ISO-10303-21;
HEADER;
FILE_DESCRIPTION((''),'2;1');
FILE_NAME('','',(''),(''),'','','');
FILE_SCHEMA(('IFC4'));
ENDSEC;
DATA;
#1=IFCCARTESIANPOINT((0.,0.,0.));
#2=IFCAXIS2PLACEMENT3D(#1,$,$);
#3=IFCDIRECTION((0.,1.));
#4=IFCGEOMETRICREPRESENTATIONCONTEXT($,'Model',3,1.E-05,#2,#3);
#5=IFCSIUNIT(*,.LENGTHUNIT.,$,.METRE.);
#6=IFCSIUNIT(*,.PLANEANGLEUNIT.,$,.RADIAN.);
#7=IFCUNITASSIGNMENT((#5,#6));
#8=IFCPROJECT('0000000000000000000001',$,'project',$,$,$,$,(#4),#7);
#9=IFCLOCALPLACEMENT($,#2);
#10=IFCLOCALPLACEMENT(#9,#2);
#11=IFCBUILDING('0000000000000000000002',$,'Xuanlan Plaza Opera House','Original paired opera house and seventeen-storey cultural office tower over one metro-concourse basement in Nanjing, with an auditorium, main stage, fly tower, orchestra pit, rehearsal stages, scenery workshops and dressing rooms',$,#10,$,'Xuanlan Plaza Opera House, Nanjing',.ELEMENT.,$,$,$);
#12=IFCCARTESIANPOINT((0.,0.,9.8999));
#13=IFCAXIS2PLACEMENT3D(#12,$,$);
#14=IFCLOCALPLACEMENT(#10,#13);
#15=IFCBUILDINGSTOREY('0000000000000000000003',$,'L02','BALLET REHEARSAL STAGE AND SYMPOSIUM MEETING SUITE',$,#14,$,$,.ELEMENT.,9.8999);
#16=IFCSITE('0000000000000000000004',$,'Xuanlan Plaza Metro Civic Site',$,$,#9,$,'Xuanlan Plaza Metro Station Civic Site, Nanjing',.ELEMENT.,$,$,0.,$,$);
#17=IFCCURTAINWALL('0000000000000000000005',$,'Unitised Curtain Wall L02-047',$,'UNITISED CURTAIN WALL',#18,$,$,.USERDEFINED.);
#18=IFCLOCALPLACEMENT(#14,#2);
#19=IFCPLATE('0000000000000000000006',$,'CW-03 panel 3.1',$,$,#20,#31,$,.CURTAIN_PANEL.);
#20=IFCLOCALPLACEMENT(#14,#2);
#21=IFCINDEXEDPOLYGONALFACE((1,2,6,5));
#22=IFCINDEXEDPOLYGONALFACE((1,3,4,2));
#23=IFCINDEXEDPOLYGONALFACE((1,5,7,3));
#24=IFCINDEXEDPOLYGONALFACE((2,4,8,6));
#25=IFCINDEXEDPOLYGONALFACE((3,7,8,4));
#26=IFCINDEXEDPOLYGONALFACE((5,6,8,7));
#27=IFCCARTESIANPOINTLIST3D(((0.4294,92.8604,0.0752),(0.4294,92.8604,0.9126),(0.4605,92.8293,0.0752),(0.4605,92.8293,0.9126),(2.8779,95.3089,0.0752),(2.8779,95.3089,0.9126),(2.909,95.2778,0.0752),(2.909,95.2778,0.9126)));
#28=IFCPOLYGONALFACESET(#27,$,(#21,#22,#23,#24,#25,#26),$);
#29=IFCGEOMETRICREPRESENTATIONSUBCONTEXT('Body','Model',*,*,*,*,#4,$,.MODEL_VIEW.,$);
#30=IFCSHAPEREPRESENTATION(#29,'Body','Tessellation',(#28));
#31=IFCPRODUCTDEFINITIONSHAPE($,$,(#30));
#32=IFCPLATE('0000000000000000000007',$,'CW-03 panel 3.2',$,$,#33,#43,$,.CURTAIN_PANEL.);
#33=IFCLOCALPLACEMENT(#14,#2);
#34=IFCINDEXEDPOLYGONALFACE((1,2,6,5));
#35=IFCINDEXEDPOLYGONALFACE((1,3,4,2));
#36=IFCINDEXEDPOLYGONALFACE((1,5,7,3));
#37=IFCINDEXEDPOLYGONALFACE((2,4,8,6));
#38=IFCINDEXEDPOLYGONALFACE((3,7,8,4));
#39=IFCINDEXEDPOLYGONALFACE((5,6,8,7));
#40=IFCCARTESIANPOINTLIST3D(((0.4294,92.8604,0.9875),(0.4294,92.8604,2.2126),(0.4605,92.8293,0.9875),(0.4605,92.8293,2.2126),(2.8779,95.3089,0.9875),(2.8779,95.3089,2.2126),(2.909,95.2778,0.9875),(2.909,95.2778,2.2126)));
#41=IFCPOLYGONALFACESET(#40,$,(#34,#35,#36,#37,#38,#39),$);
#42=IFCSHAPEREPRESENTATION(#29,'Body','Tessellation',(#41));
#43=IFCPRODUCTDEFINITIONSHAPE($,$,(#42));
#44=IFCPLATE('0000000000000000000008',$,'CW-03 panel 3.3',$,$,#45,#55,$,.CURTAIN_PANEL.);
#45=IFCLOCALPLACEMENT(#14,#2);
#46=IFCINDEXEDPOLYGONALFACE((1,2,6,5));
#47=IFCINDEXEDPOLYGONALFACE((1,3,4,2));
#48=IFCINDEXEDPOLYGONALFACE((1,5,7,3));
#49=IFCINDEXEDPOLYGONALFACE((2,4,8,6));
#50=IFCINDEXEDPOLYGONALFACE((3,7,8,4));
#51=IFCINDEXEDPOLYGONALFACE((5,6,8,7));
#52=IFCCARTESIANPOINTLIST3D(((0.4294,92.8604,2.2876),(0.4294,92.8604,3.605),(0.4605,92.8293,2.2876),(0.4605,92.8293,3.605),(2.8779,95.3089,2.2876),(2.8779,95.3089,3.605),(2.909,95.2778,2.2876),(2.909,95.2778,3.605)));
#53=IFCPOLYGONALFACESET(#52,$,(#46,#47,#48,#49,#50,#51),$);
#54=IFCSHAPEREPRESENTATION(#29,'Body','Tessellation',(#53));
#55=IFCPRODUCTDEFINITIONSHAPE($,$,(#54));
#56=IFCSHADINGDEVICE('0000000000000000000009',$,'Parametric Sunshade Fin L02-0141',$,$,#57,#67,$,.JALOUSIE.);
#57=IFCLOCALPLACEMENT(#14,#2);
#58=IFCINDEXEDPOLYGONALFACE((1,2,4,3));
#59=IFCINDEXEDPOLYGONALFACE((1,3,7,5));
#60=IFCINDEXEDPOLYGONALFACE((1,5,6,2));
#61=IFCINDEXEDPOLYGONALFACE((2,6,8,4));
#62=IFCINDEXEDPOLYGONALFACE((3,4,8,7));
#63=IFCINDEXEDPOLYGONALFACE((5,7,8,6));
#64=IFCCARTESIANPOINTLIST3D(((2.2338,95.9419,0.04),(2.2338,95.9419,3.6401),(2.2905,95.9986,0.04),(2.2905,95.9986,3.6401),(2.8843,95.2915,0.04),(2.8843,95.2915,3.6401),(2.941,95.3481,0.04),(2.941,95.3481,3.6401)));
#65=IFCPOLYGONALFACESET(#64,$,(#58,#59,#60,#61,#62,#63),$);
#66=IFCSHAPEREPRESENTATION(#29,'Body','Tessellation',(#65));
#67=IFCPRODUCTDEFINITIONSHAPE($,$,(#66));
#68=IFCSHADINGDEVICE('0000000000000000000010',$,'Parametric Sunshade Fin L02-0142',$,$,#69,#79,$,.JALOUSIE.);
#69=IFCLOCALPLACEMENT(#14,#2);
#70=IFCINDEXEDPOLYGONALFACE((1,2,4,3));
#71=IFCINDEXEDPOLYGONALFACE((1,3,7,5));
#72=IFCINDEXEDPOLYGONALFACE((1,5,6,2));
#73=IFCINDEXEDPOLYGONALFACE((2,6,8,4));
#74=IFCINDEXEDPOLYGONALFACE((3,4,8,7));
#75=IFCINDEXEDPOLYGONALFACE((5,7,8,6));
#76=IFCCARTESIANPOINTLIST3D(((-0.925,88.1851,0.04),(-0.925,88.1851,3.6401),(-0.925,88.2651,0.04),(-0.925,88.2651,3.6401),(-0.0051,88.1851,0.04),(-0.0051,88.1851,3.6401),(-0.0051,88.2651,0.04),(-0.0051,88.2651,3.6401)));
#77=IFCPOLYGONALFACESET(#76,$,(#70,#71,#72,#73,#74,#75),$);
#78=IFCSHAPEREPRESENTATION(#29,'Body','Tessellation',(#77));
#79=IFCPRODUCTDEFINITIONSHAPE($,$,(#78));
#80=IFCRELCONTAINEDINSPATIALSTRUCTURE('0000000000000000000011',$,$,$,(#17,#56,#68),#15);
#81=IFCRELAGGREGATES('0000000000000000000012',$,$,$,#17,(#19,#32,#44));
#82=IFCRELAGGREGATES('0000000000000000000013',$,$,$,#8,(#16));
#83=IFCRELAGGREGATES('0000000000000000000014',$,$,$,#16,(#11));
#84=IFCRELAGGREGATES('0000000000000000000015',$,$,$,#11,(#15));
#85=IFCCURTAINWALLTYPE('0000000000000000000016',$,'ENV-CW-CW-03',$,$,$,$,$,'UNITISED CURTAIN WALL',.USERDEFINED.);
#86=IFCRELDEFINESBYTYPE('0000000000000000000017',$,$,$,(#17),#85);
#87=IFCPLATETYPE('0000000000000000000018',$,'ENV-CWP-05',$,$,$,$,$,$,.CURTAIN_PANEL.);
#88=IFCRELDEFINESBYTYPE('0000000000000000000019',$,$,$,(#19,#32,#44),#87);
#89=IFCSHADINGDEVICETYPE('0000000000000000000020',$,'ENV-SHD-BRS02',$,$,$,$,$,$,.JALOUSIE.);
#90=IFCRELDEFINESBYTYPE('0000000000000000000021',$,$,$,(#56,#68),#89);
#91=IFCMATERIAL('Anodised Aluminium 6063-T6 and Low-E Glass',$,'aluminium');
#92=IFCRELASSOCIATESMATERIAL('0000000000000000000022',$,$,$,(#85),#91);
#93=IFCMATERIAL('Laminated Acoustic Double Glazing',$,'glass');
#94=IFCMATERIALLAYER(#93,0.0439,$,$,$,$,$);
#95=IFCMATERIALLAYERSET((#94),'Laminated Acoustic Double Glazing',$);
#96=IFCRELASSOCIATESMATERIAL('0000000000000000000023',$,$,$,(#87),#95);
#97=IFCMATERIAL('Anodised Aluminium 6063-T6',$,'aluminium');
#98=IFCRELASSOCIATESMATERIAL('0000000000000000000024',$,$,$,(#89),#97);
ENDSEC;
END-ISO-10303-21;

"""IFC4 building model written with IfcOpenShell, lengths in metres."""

from ifc_helpers import new_model, si_unit, direction, frame, origin, origin_2d, place, context, subcontext, project, spatial, rectangle, extrude, material, layer, layer_set, type_object, element, aggregate, save


model = new_model("IFC4")

# Units and contexts
model_context = context("Model", 3, precision=1e-05, world=origin(), true_north=direction((0.0, 1.0)))
body_context = subcontext(model_context, "Body", "Model", "MODEL_VIEW")
ifc_project = project(units=[si_unit("LENGTHUNIT", "METRE"), si_unit("PLANEANGLEUNIT", "RADIAN")], contexts=[model_context])

# Site, building, storey
site_placement = place(None, origin())
site = spatial("IfcSite", under=ifc_project, at=site_placement, Name="Xuanlan Plaza Metro Civic Site", LongName="Xuanlan Plaza Metro Station Civic Site, Nanjing", CompositionType="ELEMENT", RefElevation=0.0)
building_placement = place(site_placement, origin())
building = spatial("IfcBuilding", under=site, at=building_placement, Name="Xuanlan Plaza Opera House", Description="Original paired opera house and seventeen-storey cultural office tower over one metro-concourse basement in Nanjing, with an auditorium, main stage, fly tower, orchestra pit, rehearsal stages, scenery workshops and dressing rooms", LongName="Xuanlan Plaza Opera House, Nanjing", CompositionType="ELEMENT")
storey_placement = place(building_placement, frame((0.0, 0.0, 9.8999)))
storey = spatial("IfcBuildingStorey", under=building, at=storey_placement, Name="L02", Description="BALLET REHEARSAL STAGE AND SYMPOSIUM MEETING SUITE", CompositionType="ELEMENT", Elevation=9.8999)

# Curtain wall
ifc_material_1 = material(Name="Anodised Aluminium 6063-T6 and Low-E Glass", Category="aluminium")
curtain_wall_type_1 = type_object("IfcCurtainWallType", Name="ENV-CW-CW-03", ElementType="UNITISED CURTAIN WALL", PredefinedType="USERDEFINED", material=ifc_material_1)
curtain_wall_1_placement = place(storey_placement, origin())
curtain_wall_1 = element("IfcCurtainWall", 1, at=curtain_wall_1_placement, inside=storey, type_object=curtain_wall_type_1, Name="Unitised Curtain Wall L02-047", ObjectType="UNITISED CURTAIN WALL", PredefinedType="USERDEFINED")
ifc_material_2 = material(Name="Anodised Aluminium 6063-T6", Category="aluminium")

# Plates
ifc_material_3 = material(Name="Laminated Acoustic Double Glazing", Category="glass")
ifc_layer_1 = layer(ifc_material_3, 0.0439)
ifc_layer_set_1 = layer_set([ifc_layer_1], Name="Laminated Acoustic Double Glazing")
plate_type_1 = type_object("IfcPlateType", Name="ENV-CWP-05", PredefinedType="CURTAIN_PANEL", material=ifc_layer_set_1)
plate_1_placement = place(storey_placement, frame((1.6692, 94.0691, 0.0752), z_axis=(0.0, 0.0, 1.0), x_axis=(-0.707107, -0.707107, 0.0)))
plate_1 = element("IfcPlate", 2, at=plate_1_placement, type_object=plate_type_1, Name="CW-03 panel 3.1", PredefinedType="CURTAIN_PANEL", context=body_context, shape_type="SweptSolid", body=[
    extrude(rectangle(XDim=3.4626, YDim=0.0439, at=origin_2d()), origin(), (0.0, 0.0, 1.0), 0.8374),
])
plate_2_placement = place(storey_placement, frame((1.6692, 94.0691, 0.9875), z_axis=(0.0, 0.0, 1.0), x_axis=(-0.707107, -0.707107, 0.0)))
plate_2 = element("IfcPlate", 3, at=plate_2_placement, type_object=plate_type_1, Name="CW-03 panel 3.2", PredefinedType="CURTAIN_PANEL", context=body_context, shape_type="SweptSolid", body=[
    extrude(rectangle(XDim=3.4626, YDim=0.0439, at=origin_2d()), origin(), (0.0, 0.0, 1.0), 1.2251),
])
plate_3_placement = place(storey_placement, frame((1.6692, 94.0691, 2.2876), z_axis=(0.0, 0.0, 1.0), x_axis=(-0.707107, -0.707107, 0.0)))
plate_3 = element("IfcPlate", 4, at=plate_3_placement, type_object=plate_type_1, Name="CW-03 panel 3.3", PredefinedType="CURTAIN_PANEL", context=body_context, shape_type="SweptSolid", body=[
    extrude(rectangle(XDim=3.4626, YDim=0.0439, at=origin_2d()), origin(), (0.0, 0.0, 1.0), 1.3174),
])
aggregate(curtain_wall_1, [plate_1, plate_2, plate_3])

# Shading devices
shading_device_type = type_object("IfcShadingDeviceType", Name="ENV-SHD-BRS02", PredefinedType="JALOUSIE", material=ifc_material_2)
for number, where, z_axis, x_axis, name in (
    (5, (2.5874, 95.645, 0.04), (0.0, 0.0, 1.0), (-0.707107, 0.707107, 0.0), "Parametric Sunshade Fin L02-0141"),
    (6, (-0.4651, 88.2251, 0.04), (0.0, 0.0, 1.0), (-1.0, 0.0, 0.0), "Parametric Sunshade Fin L02-0142"),
):
    element("IfcShadingDevice", number, at=place(storey_placement, frame(where, z_axis=z_axis, x_axis=x_axis)), inside=storey, type_object=shading_device_type, Name=name, PredefinedType="JALOUSIE", context=body_context, shape_type="SweptSolid", body=[
        extrude(rectangle(XDim=0.9199, YDim=0.0801, at=origin_2d()), origin(), (0.0, 0.0, 1.0), 3.6001),
    ])

save(model, "model.ifc")
